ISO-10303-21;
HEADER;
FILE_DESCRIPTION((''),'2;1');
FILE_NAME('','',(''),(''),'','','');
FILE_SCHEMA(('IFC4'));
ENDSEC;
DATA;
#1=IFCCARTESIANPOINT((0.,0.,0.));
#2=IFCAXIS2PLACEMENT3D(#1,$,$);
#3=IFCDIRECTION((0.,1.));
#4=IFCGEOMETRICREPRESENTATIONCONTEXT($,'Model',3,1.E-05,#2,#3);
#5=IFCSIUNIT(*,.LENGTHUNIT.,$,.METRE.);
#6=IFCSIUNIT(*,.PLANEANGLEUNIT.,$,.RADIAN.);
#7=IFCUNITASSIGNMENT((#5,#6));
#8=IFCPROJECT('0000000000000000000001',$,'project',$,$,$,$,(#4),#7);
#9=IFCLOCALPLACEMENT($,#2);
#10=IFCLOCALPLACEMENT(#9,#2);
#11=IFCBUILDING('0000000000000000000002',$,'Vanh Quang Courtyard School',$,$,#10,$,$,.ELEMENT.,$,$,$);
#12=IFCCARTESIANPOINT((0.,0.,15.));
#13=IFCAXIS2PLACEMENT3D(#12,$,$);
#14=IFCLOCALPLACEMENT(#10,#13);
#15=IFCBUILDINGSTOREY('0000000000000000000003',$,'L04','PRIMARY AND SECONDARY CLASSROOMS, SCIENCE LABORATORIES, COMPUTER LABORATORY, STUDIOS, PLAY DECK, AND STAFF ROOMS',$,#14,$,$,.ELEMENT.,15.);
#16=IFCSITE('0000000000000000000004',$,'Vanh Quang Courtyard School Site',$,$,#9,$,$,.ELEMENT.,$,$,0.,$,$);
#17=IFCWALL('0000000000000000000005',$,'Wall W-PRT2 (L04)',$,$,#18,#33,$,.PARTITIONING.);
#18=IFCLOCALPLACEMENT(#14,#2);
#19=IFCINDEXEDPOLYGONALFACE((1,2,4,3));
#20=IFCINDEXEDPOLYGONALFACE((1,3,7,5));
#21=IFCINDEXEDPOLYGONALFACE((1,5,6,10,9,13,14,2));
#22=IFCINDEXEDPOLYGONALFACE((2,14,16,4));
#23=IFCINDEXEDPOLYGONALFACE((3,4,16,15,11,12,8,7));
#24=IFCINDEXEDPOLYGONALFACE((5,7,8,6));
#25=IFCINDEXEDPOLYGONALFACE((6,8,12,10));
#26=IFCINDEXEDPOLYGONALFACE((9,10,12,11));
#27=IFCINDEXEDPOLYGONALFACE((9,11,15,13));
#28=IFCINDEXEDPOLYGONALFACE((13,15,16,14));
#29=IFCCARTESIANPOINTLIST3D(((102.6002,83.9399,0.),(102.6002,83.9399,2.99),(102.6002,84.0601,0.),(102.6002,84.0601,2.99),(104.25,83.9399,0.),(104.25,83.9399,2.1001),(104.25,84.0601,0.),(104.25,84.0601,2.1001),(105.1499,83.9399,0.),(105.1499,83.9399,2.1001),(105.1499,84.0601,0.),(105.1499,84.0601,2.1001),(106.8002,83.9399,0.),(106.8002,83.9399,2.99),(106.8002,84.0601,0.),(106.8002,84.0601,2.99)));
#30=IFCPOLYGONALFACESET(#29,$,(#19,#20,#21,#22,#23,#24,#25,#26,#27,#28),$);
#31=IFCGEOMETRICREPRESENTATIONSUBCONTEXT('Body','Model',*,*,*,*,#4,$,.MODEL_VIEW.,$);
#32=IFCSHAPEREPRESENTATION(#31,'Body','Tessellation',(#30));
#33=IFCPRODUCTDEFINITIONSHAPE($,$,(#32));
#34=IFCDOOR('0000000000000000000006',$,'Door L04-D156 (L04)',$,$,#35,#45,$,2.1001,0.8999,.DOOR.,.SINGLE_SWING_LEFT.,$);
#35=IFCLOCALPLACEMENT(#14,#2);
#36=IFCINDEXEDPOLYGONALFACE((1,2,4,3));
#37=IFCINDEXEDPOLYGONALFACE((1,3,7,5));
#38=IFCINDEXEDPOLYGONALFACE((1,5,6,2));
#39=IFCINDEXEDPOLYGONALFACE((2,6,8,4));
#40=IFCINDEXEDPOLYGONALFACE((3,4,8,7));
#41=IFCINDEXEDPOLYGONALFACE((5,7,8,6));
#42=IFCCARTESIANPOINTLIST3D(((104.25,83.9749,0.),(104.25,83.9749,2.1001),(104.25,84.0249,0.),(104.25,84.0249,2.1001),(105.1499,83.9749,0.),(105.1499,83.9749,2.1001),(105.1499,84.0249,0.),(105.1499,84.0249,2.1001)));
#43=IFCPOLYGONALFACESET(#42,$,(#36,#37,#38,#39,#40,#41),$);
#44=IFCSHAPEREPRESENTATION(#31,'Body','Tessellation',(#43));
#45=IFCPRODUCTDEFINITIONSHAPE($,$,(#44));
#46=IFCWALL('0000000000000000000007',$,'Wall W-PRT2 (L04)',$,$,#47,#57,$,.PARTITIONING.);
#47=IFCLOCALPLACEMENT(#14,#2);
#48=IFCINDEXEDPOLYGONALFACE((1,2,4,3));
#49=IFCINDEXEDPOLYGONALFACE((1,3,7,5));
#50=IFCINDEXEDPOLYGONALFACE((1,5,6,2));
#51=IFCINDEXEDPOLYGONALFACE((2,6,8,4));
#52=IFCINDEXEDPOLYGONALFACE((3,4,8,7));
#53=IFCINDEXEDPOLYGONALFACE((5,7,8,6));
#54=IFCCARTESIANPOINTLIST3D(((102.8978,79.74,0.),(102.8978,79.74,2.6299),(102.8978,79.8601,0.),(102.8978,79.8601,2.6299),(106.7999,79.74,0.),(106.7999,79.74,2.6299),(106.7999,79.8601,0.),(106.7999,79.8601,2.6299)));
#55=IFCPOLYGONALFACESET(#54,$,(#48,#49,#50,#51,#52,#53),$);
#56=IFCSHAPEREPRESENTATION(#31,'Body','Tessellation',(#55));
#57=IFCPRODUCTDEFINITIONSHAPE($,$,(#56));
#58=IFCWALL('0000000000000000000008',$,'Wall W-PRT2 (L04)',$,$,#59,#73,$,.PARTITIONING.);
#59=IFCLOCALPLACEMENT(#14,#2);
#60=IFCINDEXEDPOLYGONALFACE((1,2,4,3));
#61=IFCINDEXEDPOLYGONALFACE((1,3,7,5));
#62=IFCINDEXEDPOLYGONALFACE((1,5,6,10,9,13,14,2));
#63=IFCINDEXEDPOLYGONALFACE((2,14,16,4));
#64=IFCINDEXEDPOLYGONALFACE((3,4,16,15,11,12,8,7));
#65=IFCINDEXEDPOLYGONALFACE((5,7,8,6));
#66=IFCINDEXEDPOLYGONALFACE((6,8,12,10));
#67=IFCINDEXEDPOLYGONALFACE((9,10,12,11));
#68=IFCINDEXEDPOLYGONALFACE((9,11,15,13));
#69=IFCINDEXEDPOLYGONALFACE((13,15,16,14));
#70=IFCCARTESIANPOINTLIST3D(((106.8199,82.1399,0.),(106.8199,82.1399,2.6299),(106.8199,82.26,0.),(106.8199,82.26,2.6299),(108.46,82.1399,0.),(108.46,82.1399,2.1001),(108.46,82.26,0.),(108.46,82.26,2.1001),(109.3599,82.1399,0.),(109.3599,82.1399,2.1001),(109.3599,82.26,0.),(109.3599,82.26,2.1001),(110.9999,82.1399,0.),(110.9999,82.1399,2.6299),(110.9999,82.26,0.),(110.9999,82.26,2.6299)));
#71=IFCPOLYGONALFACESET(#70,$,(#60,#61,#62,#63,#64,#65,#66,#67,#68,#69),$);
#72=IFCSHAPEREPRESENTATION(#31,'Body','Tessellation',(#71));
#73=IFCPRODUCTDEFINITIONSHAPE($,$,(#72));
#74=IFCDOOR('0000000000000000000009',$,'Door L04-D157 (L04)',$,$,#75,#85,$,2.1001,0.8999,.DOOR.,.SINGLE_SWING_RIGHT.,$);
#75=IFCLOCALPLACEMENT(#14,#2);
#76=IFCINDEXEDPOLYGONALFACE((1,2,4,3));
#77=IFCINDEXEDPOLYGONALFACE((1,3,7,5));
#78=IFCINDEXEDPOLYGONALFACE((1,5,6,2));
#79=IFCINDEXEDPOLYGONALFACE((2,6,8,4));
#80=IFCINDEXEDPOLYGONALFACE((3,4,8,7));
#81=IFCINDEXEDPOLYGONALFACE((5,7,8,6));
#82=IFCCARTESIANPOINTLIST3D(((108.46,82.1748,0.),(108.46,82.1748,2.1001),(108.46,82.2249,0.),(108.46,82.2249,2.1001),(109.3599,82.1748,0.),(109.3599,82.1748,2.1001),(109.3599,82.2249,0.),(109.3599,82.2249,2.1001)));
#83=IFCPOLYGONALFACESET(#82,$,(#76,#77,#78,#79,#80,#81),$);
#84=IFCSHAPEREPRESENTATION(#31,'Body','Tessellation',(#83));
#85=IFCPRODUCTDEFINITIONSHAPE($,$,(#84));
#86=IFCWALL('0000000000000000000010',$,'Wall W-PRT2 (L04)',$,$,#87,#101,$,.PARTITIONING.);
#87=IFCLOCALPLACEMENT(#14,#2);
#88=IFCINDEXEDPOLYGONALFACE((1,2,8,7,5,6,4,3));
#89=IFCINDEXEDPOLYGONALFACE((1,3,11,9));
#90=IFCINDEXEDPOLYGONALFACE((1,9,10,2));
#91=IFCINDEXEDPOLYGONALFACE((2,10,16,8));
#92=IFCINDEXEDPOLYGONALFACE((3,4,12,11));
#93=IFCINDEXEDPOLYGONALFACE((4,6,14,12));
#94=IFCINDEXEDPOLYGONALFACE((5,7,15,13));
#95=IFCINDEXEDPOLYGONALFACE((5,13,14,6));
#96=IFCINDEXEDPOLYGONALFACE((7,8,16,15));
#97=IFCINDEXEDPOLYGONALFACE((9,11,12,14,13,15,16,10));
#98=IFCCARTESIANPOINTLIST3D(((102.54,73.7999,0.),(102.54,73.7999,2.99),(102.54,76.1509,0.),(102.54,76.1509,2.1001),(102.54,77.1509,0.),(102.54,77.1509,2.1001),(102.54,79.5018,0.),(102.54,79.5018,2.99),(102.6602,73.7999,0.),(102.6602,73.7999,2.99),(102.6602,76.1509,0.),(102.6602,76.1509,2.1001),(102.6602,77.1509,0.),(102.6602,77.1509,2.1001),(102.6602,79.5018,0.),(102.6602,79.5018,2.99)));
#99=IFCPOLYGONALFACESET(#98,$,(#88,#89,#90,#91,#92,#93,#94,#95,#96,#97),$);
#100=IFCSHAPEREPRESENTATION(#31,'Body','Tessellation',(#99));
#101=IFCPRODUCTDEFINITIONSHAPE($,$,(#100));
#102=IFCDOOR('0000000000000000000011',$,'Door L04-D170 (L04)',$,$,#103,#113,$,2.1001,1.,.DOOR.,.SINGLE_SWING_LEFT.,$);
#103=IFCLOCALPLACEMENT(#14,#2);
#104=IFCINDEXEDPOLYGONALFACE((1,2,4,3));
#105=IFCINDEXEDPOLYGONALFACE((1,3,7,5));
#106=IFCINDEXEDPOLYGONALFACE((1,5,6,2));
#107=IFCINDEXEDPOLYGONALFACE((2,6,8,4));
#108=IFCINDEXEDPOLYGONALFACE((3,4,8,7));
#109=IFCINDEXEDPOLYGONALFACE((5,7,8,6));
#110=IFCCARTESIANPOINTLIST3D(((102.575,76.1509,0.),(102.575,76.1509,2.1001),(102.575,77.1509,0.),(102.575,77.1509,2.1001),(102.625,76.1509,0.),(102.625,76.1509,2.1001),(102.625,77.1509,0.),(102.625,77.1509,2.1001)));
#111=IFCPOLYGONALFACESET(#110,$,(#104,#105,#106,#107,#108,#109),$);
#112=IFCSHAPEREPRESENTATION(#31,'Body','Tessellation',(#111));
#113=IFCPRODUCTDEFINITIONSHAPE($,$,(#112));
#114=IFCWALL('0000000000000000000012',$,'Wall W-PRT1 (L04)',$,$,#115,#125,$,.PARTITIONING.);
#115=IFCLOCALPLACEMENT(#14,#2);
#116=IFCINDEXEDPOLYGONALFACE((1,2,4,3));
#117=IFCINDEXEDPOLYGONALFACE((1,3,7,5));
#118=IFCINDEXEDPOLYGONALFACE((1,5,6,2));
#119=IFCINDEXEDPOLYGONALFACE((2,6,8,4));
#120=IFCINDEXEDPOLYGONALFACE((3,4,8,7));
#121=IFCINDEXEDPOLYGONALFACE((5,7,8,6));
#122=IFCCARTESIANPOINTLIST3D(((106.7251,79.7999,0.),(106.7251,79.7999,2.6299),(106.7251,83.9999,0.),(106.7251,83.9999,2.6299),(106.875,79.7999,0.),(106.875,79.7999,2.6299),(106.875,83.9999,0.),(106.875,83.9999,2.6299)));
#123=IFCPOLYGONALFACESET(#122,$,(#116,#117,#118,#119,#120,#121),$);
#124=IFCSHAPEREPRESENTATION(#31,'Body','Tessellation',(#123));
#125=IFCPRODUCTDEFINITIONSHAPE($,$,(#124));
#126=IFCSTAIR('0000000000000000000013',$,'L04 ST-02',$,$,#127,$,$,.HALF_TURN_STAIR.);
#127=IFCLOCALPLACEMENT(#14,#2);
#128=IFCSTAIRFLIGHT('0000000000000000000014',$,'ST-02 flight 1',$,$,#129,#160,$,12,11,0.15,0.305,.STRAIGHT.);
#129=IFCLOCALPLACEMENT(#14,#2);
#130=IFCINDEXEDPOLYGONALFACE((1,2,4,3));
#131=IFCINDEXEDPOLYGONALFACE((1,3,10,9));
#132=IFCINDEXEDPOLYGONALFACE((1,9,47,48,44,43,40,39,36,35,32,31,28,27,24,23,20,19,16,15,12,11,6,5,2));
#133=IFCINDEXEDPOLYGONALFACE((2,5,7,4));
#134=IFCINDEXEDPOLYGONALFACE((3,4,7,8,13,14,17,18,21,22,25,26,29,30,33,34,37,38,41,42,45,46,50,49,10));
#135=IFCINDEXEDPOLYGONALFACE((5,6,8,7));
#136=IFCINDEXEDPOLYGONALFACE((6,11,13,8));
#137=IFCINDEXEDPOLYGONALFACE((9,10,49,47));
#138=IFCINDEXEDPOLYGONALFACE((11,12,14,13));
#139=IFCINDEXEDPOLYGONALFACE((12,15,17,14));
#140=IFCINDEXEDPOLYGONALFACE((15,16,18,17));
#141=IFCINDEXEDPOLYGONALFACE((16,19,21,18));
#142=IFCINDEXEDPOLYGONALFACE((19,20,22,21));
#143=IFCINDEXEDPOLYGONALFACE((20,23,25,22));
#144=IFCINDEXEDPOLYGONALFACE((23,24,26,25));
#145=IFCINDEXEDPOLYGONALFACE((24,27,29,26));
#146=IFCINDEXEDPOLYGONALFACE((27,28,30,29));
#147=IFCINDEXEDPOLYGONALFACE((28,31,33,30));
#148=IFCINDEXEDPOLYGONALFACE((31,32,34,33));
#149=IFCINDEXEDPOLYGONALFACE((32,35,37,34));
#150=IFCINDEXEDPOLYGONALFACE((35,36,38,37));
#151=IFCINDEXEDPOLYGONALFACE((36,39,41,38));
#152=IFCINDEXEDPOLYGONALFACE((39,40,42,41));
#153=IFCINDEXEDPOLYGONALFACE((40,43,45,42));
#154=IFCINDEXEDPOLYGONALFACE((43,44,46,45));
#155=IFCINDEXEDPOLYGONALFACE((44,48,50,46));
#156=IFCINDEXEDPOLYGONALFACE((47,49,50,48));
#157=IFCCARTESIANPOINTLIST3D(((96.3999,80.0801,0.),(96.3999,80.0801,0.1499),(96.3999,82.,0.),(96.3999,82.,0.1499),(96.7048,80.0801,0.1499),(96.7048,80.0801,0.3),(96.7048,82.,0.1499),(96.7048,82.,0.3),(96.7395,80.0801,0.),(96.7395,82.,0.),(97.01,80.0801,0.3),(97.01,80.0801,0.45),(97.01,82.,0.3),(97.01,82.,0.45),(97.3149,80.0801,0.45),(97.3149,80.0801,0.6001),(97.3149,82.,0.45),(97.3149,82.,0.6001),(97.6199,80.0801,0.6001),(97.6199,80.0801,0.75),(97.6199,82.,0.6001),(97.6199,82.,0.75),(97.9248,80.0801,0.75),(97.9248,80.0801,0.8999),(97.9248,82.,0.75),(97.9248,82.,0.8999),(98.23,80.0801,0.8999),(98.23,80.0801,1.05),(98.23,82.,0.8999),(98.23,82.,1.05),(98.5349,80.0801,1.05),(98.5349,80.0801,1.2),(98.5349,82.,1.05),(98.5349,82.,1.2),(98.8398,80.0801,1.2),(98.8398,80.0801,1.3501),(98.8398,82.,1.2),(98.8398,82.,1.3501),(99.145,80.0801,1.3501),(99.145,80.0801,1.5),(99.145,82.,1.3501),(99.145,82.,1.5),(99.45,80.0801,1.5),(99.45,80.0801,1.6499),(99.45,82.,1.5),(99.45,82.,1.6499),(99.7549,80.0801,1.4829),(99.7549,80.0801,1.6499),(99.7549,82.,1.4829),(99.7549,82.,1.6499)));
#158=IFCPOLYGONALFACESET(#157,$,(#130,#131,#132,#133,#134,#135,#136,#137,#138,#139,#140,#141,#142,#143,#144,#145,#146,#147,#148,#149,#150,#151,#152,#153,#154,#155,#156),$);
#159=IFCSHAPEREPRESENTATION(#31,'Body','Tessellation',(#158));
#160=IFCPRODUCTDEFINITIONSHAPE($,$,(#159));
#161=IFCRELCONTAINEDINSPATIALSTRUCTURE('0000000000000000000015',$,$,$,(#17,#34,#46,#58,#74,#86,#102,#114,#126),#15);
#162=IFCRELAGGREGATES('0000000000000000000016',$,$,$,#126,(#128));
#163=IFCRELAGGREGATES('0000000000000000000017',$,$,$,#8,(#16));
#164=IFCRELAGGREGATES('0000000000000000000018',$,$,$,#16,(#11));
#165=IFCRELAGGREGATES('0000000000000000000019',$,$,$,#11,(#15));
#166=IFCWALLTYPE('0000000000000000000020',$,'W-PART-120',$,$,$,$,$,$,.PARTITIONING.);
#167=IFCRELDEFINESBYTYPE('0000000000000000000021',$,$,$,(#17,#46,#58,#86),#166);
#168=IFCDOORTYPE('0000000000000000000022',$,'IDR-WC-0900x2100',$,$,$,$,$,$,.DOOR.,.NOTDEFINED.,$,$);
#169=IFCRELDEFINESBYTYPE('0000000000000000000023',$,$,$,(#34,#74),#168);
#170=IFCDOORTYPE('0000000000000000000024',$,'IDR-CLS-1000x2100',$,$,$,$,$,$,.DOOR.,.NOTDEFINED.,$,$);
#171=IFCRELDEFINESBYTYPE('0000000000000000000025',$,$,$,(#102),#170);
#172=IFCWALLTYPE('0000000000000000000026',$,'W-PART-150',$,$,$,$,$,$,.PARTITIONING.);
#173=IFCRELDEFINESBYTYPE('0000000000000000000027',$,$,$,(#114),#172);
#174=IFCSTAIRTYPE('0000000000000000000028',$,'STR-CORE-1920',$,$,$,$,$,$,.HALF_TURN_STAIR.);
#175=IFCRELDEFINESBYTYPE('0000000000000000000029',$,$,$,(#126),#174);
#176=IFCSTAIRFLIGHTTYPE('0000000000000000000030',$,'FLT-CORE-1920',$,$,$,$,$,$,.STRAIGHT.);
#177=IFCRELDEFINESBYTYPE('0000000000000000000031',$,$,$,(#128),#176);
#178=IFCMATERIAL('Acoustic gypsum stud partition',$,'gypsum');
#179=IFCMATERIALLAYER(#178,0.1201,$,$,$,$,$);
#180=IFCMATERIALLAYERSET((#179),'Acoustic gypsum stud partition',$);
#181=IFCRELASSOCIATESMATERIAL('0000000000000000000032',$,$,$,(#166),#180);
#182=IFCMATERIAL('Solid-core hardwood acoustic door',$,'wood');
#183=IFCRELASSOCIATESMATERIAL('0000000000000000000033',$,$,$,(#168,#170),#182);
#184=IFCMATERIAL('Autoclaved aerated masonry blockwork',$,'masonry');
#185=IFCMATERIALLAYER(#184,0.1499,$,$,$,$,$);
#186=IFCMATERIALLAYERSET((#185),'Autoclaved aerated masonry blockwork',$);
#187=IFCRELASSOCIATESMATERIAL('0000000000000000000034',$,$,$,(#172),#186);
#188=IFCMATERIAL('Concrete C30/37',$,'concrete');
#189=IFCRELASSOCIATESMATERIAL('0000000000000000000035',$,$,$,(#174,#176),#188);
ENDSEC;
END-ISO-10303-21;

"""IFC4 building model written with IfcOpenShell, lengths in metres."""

from ifc_helpers import new_model, si_unit, direction, frame, frame_2d, origin, place, context, subcontext, project, spatial, polyline, rectangle, outline, extrude, material, layer, layer_set, type_object, element, fill, aggregate, save


model = new_model("IFC4")

# Units and contexts
model_context = context("Model", 3, precision=1e-05, world=origin(), true_north=direction((0.0, 1.0)))
body_context = subcontext(model_context, "Body", "Model", "MODEL_VIEW")
ifc_project = project(units=[si_unit("LENGTHUNIT", "METRE"), si_unit("PLANEANGLEUNIT", "RADIAN")], contexts=[model_context])

# Site, building, storey
site_placement = place(None, origin())
site = spatial("IfcSite", under=ifc_project, at=site_placement, Name="Vanh Quang Courtyard School Site", CompositionType="ELEMENT", RefElevation=0.0)
building_placement = place(site_placement, origin())
building = spatial("IfcBuilding", under=site, at=building_placement, Name="Vanh Quang Courtyard School", CompositionType="ELEMENT")
storey_placement = place(building_placement, frame((0.0, 0.0, 15.0)))
storey = spatial("IfcBuildingStorey", under=building, at=storey_placement, Name="L04", Description="PRIMARY AND SECONDARY CLASSROOMS, SCIENCE LABORATORIES, COMPUTER LABORATORY, STUDIOS, PLAY DECK, AND STAFF ROOMS", CompositionType="ELEMENT", Elevation=15.0)

# Wall, opening, door
ifc_material_1 = material(Name="Acoustic gypsum stud partition", Category="gypsum")
ifc_layer_1 = layer(ifc_material_1, 0.1201)
ifc_layer_set_1 = layer_set([ifc_layer_1], Name="Acoustic gypsum stud partition")
wall_type_1 = type_object("IfcWallType", Name="W-PART-120", PredefinedType="PARTITIONING", material=ifc_layer_set_1)
wall_1_placement = place(storey_placement, frame((102.6001, 84.0, 0.0), z_axis=(0.0, 0.0, 1.0), x_axis=(1.0, 0.0, 0.0)))
wall_1 = element("IfcWall", 1, at=wall_1_placement, inside=storey, type_object=wall_type_1, Name="Wall W-PRT2 (L04)", PredefinedType="PARTITIONING", context=body_context, shape_type="SweptSolid", body=[
    extrude(rectangle(XDim=4.2, YDim=0.1201, at=frame_2d((2.1001, 0.0))), origin(), (0.0, 0.0, 1.0), 2.99),
])
opening_1_placement = place(wall_1_placement, frame((1.6499, 0.0, 0.0)))
opening_1 = element("IfcOpeningElement", 2, at=opening_1_placement, cuts=wall_1, PredefinedType="OPENING", context=body_context, shape_type="SweptSolid", body=[
    extrude(rectangle(XDim=0.8999, YDim=2.1001, at=frame_2d((0.45, 1.05))), frame((0.0, 0.0701, 0.0), z_axis=(0.0, -1.0, 0.0), x_axis=(1.0, 0.0, 0.0)), (0.0, 0.0, 1.0), 0.1401),
])
ifc_material_2 = material(Name="Solid-core hardwood acoustic door", Category="wood")
door_type_1 = type_object("IfcDoorType", Name="IDR-WC-0900x2100", OperationType="NOTDEFINED", PredefinedType="DOOR", material=ifc_material_2)
door_1_placement = place(opening_1_placement, origin())
door_1 = element("IfcDoor", 3, at=door_1_placement, inside=storey, type_object=door_type_1, Name="Door L04-D156 (L04)", OperationType="SINGLE_SWING_LEFT", OverallHeight=2.1001, OverallWidth=0.8999, PredefinedType="DOOR", context=body_context, shape_type="SweptSolid", body=[
    extrude(rectangle(XDim=0.8999, YDim=2.1001, at=frame_2d((0.45, 1.05))), frame((0.0, 0.0249, 0.0), z_axis=(0.0, -1.0, 0.0), x_axis=(1.0, 0.0, 0.0)), (0.0, 0.0, 1.0), 0.05),
])
fill(opening_1, door_1)

# Wall
wall_2_placement = place(storey_placement, frame((106.8, 79.8, 0.0), z_axis=(0.0, 0.0, 1.0), x_axis=(-1.0, 0.0, 0.0)))
element("IfcWall", 4, at=wall_2_placement, inside=storey, type_object=wall_type_1, Name="Wall W-PRT2 (L04)", PredefinedType="PARTITIONING", context=body_context, shape_type="SweptSolid", body=[
    extrude(rectangle(XDim=3.9021, YDim=0.1201, at=frame_2d((1.9512, 0.0))), origin(), (0.0, 0.0, 1.0), 2.6299),
])

# Walls, openings, doors
wall_3_placement = place(storey_placement, frame((106.8201, 82.2, 0.0), z_axis=(0.0, 0.0, 1.0), x_axis=(1.0, 0.0, 0.0)))
wall_3 = element("IfcWall", 5, at=wall_3_placement, inside=storey, type_object=wall_type_1, Name="Wall W-PRT2 (L04)", PredefinedType="PARTITIONING", context=body_context, shape_type="SweptSolid", body=[
    extrude(rectangle(XDim=4.1799, YDim=0.1201, at=frame_2d((2.0898, 0.0))), origin(), (0.0, 0.0, 1.0), 2.6299),
])
opening_2_placement = place(wall_3_placement, frame((1.6399, 0.0, 0.0)))
opening_2 = element("IfcOpeningElement", 6, at=opening_2_placement, cuts=wall_3, PredefinedType="OPENING", context=body_context, shape_type="SweptSolid", body=[
    extrude(rectangle(XDim=0.8999, YDim=2.1001, at=frame_2d((0.45, 1.05))), frame((0.0, 0.0701, 0.0), z_axis=(0.0, -1.0, 0.0), x_axis=(1.0, 0.0, 0.0)), (0.0, 0.0, 1.0), 0.1401),
])
door_2_placement = place(opening_2_placement, origin())
door_2 = element("IfcDoor", 7, at=door_2_placement, inside=storey, type_object=door_type_1, Name="Door L04-D157 (L04)", OperationType="SINGLE_SWING_RIGHT", OverallHeight=2.1001, OverallWidth=0.8999, PredefinedType="DOOR", context=body_context, shape_type="SweptSolid", body=[
    extrude(rectangle(XDim=0.8999, YDim=2.1001, at=frame_2d((0.45, 1.05))), frame((0.0, 0.0249, 0.0), z_axis=(0.0, -1.0, 0.0), x_axis=(1.0, 0.0, 0.0)), (0.0, 0.0, 1.0), 0.05),
])
fill(opening_2, door_2)
wall_4_placement = place(storey_placement, frame((102.6001, 79.502, 0.0), z_axis=(0.0, 0.0, 1.0), x_axis=(0.0, -1.0, 0.0)))
wall_4 = element("IfcWall", 8, at=wall_4_placement, inside=storey, type_object=wall_type_1, Name="Wall W-PRT2 (L04)", PredefinedType="PARTITIONING", context=body_context, shape_type="SweptSolid", body=[
    extrude(rectangle(XDim=5.7019, YDim=0.1201, at=frame_2d((2.8511, 0.0))), origin(), (0.0, 0.0, 1.0), 2.99),
])
opening_3_placement = place(wall_4_placement, frame((2.3511, 0.0, 0.0)))
opening_3 = element("IfcOpeningElement", 9, at=opening_3_placement, cuts=wall_4, PredefinedType="OPENING", context=body_context, shape_type="SweptSolid", body=[
    extrude(rectangle(XDim=1.0, YDim=2.1001, at=frame_2d((0.5, 1.05))), frame((0.0, 0.0701, 0.0), z_axis=(0.0, -1.0, 0.0), x_axis=(1.0, 0.0, 0.0)), (0.0, 0.0, 1.0), 0.1401),
])
door_type_2 = type_object("IfcDoorType", Name="IDR-CLS-1000x2100", OperationType="NOTDEFINED", PredefinedType="DOOR", material=ifc_material_2)
door_3_placement = place(opening_3_placement, origin())
door_3 = element("IfcDoor", 10, at=door_3_placement, inside=storey, type_object=door_type_2, Name="Door L04-D170 (L04)", OperationType="SINGLE_SWING_LEFT", OverallHeight=2.1001, OverallWidth=1.0, PredefinedType="DOOR", context=body_context, shape_type="SweptSolid", body=[
    extrude(rectangle(XDim=1.0, YDim=2.1001, at=frame_2d((0.5, 1.05))), frame((0.0, 0.0249, 0.0), z_axis=(0.0, -1.0, 0.0), x_axis=(1.0, 0.0, 0.0)), (0.0, 0.0, 1.0), 0.05),
])
fill(opening_3, door_3)

# Wall
ifc_material_3 = material(Name="Autoclaved aerated masonry blockwork", Category="masonry")
ifc_layer_2 = layer(ifc_material_3, 0.1499)
ifc_layer_set_2 = layer_set([ifc_layer_2], Name="Autoclaved aerated masonry blockwork")
wall_type_2 = type_object("IfcWallType", Name="W-PART-150", PredefinedType="PARTITIONING", material=ifc_layer_set_2)
wall_5_placement = place(storey_placement, frame((106.8, 84.0, 0.0), z_axis=(0.0, 0.0, 1.0), x_axis=(0.0, -1.0, 0.0)))
element("IfcWall", 11, at=wall_5_placement, inside=storey, type_object=wall_type_2, Name="Wall W-PRT1 (L04)", PredefinedType="PARTITIONING", context=body_context, shape_type="SweptSolid", body=[
    extrude(rectangle(XDim=4.2, YDim=0.1499, at=frame_2d((2.1001, 0.0))), origin(), (0.0, 0.0, 1.0), 2.6299),
])

# Stair, stair flight
ifc_material_4 = material(Name="Concrete C30/37", Category="concrete")
stair_type = type_object("IfcStairType", Name="STR-CORE-1920", PredefinedType="HALF_TURN_STAIR", material=ifc_material_4)
stair_placement = place(storey_placement, origin())
stair = element("IfcStair", 12, at=stair_placement, inside=storey, type_object=stair_type, Name="L04 ST-02", PredefinedType="HALF_TURN_STAIR")
stair_flight_type = type_object("IfcStairFlightType", Name="FLT-CORE-1920", PredefinedType="STRAIGHT", material=ifc_material_4)
stair_flight_1_placement = place(storey_placement, frame((96.3999, 81.04, 0.0), z_axis=(0.0, 0.0, 1.0), x_axis=(1.0, 0.0, 0.0)))
stair_flight_1 = element("IfcStairFlight", 13, at=stair_flight_1_placement, type_object=stair_flight_type, Name="ST-02 flight 1", NumberOfRisers=12, NumberOfTreads=11, PredefinedType="STRAIGHT", RiserHeight=0.15, TreadLength=0.305, context=body_context, shape_type="SweptSolid", body=[
    extrude(outline(polyline([(0.0, 0.0), (0.0, 0.1499), (0.3049, 0.1499), (0.3049, 0.3), (0.6101, 0.3), (0.6101, 0.45), (0.915, 0.45), (0.915, 0.6001), (1.22, 0.6001), (1.22, 0.75), (1.5249, 0.75), (1.5249, 0.8999), (1.8301, 0.8999), (1.8301, 1.05), (2.135, 1.05), (2.135, 1.2), (2.4399, 1.2), (2.4399, 1.3501), (2.7451, 1.3501), (2.7451, 1.5), (3.05, 1.5), (3.05, 1.6499), (3.355, 1.6499), (3.355, 1.8), (3.355, 1.4829), (0.3396, 0.0), (0.0, 0.0)])), frame((0.0, 0.96, 0.0), z_axis=(0.0, -1.0, 0.0), x_axis=(1.0, 0.0, 0.0)), (0.0, 0.0, 1.0), 1.9199),
])
aggregate(stair, [stair_flight_1])

save(model, "model.ifc")
